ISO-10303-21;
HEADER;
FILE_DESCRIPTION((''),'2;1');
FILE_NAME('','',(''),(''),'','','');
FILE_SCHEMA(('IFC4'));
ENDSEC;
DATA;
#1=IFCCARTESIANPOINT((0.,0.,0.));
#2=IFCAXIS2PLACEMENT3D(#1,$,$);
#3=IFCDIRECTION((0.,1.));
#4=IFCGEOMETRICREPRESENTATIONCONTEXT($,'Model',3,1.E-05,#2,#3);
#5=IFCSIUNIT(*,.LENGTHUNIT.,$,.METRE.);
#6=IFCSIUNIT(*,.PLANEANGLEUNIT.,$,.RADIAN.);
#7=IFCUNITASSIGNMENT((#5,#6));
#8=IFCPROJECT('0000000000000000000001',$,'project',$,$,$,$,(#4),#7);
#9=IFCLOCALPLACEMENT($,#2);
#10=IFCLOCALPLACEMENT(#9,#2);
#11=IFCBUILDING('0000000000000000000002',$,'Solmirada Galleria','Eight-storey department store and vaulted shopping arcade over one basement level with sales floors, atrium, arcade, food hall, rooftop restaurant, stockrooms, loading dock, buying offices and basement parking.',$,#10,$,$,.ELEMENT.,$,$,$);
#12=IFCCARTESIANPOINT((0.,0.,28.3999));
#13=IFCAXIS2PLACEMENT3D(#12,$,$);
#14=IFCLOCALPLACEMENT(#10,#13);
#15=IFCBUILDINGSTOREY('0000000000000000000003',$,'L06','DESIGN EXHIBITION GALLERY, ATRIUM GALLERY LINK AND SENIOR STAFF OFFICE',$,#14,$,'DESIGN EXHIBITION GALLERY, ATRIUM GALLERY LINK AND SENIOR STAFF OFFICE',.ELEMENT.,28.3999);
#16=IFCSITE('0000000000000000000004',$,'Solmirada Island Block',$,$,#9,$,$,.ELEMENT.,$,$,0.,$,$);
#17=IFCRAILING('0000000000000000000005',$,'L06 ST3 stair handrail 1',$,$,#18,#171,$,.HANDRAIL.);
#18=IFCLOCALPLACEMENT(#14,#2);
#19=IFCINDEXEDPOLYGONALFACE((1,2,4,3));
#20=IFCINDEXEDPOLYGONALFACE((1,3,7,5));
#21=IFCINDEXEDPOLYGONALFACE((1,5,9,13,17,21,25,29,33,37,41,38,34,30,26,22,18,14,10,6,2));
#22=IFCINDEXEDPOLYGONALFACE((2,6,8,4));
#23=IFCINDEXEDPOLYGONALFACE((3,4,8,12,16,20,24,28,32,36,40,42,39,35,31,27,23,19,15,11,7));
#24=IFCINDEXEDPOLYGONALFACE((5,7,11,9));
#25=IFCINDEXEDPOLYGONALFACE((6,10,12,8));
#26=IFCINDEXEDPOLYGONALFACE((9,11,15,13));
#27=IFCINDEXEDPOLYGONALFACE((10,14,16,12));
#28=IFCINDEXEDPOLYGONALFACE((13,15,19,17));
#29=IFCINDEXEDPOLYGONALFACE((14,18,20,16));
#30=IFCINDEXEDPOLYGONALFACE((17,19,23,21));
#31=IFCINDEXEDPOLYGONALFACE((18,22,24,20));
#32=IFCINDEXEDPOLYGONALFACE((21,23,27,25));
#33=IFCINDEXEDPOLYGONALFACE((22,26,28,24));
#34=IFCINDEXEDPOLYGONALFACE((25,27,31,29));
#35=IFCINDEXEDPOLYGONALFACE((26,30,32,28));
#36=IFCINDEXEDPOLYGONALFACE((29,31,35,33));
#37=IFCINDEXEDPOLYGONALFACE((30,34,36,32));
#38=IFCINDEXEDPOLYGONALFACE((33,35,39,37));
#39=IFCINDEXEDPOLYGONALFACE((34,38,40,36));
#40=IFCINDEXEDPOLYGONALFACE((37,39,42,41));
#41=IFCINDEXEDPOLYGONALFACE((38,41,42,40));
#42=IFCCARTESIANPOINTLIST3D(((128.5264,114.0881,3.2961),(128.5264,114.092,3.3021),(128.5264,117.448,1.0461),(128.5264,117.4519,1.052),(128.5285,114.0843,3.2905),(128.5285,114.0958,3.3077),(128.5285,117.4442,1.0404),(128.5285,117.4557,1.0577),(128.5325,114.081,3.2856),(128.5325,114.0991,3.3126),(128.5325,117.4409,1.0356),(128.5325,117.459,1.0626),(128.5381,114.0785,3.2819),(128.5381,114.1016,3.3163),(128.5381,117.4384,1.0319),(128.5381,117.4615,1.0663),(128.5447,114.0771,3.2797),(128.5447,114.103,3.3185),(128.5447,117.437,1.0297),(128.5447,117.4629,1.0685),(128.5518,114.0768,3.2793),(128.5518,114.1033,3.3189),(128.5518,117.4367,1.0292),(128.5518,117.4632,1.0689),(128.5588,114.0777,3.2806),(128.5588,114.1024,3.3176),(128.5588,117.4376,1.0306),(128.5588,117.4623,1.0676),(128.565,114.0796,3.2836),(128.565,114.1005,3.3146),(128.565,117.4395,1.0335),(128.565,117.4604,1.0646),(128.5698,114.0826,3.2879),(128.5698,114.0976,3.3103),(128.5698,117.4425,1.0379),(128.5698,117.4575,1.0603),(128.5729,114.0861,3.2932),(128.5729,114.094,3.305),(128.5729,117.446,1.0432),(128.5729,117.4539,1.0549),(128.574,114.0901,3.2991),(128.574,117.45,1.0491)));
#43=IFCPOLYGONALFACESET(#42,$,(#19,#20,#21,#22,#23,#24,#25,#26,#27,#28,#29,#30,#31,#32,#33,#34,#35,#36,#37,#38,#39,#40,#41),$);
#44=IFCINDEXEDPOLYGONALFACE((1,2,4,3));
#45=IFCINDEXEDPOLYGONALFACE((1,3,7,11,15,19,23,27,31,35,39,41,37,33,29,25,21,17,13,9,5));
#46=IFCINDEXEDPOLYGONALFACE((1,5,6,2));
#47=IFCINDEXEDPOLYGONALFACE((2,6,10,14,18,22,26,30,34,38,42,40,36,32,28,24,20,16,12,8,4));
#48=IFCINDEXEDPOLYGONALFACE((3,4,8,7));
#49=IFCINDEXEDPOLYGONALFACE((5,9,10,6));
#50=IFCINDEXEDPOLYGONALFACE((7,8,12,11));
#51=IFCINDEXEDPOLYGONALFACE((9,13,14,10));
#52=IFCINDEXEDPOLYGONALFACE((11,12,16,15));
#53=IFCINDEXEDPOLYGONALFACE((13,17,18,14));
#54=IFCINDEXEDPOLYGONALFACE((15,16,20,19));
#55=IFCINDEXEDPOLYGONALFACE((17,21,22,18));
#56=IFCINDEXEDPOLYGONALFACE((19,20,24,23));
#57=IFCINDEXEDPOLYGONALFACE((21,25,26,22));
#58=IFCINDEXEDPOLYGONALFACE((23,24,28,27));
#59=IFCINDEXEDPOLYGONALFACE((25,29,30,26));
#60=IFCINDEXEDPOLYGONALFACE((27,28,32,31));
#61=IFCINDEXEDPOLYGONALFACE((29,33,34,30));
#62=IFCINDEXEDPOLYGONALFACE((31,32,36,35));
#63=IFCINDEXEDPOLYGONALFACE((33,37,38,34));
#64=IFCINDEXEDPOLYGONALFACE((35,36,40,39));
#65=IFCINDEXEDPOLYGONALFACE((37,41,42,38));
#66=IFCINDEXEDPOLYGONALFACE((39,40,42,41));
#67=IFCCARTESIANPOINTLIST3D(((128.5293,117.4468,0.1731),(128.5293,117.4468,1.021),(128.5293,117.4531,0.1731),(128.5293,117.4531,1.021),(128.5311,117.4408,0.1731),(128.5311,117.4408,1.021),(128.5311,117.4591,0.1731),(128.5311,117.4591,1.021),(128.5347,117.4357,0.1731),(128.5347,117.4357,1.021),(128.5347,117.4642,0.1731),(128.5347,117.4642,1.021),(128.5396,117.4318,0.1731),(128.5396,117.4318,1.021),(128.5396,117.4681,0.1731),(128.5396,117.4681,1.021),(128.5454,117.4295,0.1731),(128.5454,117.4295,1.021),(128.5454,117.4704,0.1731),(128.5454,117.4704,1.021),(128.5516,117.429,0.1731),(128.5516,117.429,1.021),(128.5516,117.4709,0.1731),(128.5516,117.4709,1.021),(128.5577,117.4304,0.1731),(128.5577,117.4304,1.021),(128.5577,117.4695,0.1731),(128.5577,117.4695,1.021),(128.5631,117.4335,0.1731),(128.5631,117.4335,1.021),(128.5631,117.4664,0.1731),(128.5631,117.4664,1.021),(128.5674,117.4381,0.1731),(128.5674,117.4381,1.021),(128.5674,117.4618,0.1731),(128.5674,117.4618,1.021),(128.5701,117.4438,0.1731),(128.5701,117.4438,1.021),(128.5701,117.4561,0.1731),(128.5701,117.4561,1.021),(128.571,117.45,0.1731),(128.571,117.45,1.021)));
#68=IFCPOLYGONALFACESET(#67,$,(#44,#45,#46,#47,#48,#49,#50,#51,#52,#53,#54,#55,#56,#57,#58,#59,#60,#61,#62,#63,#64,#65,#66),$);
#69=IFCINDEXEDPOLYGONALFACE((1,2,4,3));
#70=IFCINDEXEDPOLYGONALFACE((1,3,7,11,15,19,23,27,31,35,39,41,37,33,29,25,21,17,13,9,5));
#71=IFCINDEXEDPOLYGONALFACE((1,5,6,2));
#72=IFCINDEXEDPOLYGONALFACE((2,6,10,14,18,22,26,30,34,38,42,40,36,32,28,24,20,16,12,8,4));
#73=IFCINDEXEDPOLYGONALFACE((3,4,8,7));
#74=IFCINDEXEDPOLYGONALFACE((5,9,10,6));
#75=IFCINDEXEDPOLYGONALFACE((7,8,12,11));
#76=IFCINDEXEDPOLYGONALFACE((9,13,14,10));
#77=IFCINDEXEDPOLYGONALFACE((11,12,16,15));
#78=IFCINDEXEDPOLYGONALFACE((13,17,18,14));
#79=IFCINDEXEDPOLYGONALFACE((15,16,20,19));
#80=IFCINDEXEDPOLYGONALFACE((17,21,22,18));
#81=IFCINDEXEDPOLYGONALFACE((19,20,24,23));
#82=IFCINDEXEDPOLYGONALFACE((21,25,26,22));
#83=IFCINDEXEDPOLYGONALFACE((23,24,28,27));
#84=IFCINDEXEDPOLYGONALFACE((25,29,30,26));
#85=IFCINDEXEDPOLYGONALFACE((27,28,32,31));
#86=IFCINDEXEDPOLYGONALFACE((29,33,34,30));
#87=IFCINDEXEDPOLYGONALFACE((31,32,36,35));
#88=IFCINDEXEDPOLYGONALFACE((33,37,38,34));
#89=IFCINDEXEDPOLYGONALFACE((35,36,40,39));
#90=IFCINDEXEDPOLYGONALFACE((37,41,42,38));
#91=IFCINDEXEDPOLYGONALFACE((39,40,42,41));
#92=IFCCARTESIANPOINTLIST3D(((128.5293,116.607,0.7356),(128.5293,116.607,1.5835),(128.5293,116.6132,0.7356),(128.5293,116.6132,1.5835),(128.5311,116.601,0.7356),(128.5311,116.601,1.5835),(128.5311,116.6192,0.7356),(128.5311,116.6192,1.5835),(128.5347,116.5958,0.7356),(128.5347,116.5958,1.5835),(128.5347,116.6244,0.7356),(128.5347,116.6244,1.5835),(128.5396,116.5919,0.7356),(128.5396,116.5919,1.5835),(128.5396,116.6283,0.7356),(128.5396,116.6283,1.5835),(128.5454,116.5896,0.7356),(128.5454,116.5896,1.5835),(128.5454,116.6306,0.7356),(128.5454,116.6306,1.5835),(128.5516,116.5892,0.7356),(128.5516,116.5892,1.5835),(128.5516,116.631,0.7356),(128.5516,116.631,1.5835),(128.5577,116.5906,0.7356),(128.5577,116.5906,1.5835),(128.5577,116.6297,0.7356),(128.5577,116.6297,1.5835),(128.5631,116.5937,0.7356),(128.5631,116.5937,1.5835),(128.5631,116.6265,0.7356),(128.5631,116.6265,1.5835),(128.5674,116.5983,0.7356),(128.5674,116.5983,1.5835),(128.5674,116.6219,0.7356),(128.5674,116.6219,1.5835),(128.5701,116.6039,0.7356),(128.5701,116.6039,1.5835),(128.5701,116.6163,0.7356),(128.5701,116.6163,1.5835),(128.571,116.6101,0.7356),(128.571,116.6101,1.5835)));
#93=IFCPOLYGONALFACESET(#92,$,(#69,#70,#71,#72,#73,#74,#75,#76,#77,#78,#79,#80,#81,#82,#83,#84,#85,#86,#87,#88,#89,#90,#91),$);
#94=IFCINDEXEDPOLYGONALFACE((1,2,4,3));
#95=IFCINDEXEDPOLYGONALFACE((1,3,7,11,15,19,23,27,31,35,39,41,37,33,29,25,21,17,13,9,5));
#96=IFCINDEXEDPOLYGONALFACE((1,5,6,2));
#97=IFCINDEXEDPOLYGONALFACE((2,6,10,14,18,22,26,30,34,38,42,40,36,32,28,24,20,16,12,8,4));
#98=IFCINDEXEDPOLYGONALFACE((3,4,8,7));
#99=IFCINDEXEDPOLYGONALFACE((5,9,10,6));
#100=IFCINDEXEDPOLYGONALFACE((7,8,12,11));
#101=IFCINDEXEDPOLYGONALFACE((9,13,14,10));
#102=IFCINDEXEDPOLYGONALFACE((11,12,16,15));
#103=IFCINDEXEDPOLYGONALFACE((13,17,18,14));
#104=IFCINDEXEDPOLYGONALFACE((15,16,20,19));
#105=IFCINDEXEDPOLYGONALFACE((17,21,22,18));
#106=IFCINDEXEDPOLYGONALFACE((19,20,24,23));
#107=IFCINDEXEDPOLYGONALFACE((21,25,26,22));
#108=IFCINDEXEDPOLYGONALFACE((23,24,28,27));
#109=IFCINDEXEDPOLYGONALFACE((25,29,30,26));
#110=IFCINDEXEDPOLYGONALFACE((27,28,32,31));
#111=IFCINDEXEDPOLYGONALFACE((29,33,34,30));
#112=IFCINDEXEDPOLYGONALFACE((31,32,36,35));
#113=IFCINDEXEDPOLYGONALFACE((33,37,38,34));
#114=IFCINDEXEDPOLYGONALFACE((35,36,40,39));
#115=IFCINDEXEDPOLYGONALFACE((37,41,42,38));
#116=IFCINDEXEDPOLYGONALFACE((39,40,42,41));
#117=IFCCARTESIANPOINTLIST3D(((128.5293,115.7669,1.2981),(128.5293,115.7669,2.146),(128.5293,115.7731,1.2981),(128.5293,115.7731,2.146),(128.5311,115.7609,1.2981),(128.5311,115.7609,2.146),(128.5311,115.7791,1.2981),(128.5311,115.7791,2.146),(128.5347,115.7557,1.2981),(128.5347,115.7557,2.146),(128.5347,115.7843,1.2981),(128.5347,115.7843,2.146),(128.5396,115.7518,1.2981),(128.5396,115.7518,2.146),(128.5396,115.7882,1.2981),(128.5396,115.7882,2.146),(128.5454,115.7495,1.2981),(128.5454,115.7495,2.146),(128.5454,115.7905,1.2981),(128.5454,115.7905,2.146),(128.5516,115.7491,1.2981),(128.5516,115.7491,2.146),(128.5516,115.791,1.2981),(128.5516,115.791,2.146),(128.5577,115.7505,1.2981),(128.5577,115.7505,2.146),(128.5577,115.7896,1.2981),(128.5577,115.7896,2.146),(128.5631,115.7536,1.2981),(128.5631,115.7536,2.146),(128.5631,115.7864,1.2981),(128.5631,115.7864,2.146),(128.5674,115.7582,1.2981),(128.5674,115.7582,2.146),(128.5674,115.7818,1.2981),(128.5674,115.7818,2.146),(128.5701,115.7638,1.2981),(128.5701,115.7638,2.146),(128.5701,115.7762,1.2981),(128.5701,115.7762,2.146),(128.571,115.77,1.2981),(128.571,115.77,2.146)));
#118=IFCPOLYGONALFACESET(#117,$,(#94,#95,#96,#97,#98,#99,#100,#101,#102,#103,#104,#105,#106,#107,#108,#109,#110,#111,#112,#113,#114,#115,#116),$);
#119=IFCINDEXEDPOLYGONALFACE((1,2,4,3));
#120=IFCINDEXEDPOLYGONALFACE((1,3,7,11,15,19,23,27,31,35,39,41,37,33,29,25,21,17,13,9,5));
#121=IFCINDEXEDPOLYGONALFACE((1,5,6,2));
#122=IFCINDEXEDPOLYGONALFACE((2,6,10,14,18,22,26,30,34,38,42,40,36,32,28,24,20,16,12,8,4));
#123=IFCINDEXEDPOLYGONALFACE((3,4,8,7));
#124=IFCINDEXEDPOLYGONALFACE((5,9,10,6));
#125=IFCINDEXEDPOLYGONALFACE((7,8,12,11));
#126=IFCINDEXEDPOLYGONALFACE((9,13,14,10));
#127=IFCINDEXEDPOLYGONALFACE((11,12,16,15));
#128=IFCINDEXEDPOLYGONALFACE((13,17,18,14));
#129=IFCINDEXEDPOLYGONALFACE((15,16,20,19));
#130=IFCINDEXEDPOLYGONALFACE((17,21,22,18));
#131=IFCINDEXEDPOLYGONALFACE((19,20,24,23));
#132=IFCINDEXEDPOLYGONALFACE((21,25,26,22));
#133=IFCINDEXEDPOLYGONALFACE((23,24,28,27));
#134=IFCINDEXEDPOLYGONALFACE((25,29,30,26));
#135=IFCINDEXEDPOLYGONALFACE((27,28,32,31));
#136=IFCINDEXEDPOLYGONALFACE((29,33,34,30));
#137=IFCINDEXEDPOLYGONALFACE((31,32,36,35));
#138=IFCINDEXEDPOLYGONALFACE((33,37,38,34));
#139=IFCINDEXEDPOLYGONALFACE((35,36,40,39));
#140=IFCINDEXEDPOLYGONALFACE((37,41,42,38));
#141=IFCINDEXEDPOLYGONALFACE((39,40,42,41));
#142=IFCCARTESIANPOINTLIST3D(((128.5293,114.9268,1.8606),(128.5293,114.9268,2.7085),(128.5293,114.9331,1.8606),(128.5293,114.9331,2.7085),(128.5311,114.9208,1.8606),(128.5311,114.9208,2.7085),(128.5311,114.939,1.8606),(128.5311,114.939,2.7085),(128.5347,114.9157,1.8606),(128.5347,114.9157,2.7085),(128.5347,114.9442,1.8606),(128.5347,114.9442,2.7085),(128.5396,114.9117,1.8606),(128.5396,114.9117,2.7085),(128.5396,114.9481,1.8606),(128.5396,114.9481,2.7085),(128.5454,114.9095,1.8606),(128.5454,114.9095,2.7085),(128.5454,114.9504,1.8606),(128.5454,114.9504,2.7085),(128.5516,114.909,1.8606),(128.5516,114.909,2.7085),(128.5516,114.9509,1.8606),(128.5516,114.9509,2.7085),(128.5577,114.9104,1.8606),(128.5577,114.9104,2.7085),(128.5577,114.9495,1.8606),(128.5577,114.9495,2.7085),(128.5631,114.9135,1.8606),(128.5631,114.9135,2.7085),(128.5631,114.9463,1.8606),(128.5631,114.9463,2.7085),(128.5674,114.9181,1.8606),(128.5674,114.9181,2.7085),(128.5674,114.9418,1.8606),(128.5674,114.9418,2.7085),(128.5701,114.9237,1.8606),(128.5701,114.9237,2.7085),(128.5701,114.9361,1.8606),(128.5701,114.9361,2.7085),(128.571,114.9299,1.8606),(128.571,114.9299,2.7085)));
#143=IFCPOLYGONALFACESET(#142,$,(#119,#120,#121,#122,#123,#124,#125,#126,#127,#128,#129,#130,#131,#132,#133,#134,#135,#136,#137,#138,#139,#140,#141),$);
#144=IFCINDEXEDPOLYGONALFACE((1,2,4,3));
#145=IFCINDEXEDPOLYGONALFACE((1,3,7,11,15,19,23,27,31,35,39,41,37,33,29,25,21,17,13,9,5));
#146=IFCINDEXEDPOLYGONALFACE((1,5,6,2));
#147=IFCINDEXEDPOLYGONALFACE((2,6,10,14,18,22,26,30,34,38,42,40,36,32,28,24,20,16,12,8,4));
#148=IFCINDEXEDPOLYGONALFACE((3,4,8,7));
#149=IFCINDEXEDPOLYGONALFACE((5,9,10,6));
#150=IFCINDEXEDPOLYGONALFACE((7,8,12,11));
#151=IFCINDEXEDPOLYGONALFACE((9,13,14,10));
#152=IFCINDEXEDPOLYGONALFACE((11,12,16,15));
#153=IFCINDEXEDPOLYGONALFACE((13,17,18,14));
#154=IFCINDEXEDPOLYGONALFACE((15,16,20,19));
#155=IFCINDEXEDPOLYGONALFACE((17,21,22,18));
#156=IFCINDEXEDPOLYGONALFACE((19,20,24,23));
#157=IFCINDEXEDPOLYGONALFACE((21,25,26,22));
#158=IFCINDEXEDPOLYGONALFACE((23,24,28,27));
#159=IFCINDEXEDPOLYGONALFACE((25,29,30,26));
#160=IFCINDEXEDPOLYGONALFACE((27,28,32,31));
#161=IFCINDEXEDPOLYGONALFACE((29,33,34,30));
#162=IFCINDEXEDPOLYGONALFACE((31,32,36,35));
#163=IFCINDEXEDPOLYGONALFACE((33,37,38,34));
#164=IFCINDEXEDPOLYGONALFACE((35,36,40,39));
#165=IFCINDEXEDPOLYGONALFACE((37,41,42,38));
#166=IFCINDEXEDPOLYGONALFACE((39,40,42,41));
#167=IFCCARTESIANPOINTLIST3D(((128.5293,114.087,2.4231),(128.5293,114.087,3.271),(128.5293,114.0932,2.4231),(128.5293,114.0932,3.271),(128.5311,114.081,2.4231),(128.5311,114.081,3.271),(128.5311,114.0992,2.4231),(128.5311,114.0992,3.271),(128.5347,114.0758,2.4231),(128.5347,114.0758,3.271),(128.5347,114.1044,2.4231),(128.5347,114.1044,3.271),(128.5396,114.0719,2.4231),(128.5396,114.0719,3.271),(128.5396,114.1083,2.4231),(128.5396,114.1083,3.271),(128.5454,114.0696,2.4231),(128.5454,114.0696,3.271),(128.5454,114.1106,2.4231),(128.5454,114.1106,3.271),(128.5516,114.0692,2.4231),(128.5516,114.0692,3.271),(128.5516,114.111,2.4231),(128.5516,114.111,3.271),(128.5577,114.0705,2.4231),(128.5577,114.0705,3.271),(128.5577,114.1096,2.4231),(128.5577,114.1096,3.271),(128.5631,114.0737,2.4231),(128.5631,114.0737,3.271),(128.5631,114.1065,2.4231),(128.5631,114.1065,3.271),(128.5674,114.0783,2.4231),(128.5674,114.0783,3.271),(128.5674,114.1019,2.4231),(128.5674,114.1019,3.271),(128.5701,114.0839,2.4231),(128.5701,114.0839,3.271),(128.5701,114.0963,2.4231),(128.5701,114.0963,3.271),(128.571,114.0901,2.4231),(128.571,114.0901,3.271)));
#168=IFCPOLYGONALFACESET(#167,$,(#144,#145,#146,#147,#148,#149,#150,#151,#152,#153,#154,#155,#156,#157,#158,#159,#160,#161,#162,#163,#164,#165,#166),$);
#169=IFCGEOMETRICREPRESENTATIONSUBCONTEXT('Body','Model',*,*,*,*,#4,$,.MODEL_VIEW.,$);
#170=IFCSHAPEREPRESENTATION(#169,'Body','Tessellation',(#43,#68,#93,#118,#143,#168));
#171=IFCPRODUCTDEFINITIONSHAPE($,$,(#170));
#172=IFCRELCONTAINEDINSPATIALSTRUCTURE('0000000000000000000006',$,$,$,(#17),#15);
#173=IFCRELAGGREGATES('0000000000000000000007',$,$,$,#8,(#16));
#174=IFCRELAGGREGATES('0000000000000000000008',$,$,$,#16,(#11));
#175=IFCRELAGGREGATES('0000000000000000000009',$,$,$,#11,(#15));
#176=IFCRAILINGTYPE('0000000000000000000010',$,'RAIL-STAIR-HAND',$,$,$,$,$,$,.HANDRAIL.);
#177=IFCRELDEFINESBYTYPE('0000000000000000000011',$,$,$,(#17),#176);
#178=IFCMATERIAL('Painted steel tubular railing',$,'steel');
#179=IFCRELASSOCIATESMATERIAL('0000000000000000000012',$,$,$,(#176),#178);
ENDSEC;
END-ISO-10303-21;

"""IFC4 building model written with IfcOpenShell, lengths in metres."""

from ifc_helpers import new_model, si_unit, direction, frame, origin, origin_2d, place, context, subcontext, project, spatial, circle, extrude, material, type_object, element, save


model = new_model("IFC4")

# Units and contexts
model_context = context("Model", 3, precision=1e-05, world=origin(), true_north=direction((0.0, 1.0)))
body_context = subcontext(model_context, "Body", "Model", "MODEL_VIEW")
ifc_project = project(units=[si_unit("LENGTHUNIT", "METRE"), si_unit("PLANEANGLEUNIT", "RADIAN")], contexts=[model_context])

# Site, building, storey
site_placement = place(None, origin())
site = spatial("IfcSite", under=ifc_project, at=site_placement, Name="Solmirada Island Block", CompositionType="ELEMENT", RefElevation=0.0)
building_placement = place(site_placement, origin())
building = spatial("IfcBuilding", under=site, at=building_placement, Name="Solmirada Galleria", Description="Eight-storey department store and vaulted shopping arcade over one basement level with sales floors, atrium, arcade, food hall, rooftop restaurant, stockrooms, loading dock, buying offices and basement parking.", CompositionType="ELEMENT")
storey_placement = place(building_placement, frame((0.0, 0.0, 28.3999)))
storey = spatial("IfcBuildingStorey", under=building, at=storey_placement, Name="L06", Description="DESIGN EXHIBITION GALLERY, ATRIUM GALLERY LINK AND SENIOR STAFF OFFICE", LongName="DESIGN EXHIBITION GALLERY, ATRIUM GALLERY LINK AND SENIOR STAFF OFFICE", CompositionType="ELEMENT", Elevation=28.3999)

# Railing
ifc_material_1 = material(Name="Painted steel tubular railing", Category="steel")
railing_type_1 = type_object("IfcRailingType", Name="RAIL-STAIR-HAND", PredefinedType="HANDRAIL", material=ifc_material_1)
railing_1_placement = place(storey_placement, frame((128.55, 117.45, 0.1731)))
element("IfcRailing", 1, at=railing_1_placement, inside=storey, type_object=railing_type_1, Name="L06 ST3 stair handrail 1", PredefinedType="HANDRAIL", context=body_context, shape_type="SweptSolid", body=[
    extrude(circle(Radius=0.0239, at=origin_2d()), frame((0.0, 0.0, 0.876), z_axis=(0.0, -0.830897, 0.556427), x_axis=(1.0, 0.0, 0.0)), (0.0, 0.0, 1.0), 4.0437),
    extrude(circle(Radius=0.021, at=origin_2d()), origin(), (0.0, 0.0, 1.0), 0.8479),
    extrude(circle(Radius=0.021, at=origin_2d()), frame((0.0, -0.8398, 0.5625)), (0.0, 0.0, 1.0), 0.8479),
    extrude(circle(Radius=0.021, at=origin_2d()), frame((0.0, -1.6799, 1.125)), (0.0, 0.0, 1.0), 0.8479),
    extrude(circle(Radius=0.021, at=origin_2d()), frame((0.0, -2.52, 1.6875)), (0.0, 0.0, 1.0), 0.8479),
    extrude(circle(Radius=0.021, at=origin_2d()), frame((0.0, -3.3599, 2.25)), (0.0, 0.0, 1.0), 0.8479),
])

save(model, "model.ifc")
